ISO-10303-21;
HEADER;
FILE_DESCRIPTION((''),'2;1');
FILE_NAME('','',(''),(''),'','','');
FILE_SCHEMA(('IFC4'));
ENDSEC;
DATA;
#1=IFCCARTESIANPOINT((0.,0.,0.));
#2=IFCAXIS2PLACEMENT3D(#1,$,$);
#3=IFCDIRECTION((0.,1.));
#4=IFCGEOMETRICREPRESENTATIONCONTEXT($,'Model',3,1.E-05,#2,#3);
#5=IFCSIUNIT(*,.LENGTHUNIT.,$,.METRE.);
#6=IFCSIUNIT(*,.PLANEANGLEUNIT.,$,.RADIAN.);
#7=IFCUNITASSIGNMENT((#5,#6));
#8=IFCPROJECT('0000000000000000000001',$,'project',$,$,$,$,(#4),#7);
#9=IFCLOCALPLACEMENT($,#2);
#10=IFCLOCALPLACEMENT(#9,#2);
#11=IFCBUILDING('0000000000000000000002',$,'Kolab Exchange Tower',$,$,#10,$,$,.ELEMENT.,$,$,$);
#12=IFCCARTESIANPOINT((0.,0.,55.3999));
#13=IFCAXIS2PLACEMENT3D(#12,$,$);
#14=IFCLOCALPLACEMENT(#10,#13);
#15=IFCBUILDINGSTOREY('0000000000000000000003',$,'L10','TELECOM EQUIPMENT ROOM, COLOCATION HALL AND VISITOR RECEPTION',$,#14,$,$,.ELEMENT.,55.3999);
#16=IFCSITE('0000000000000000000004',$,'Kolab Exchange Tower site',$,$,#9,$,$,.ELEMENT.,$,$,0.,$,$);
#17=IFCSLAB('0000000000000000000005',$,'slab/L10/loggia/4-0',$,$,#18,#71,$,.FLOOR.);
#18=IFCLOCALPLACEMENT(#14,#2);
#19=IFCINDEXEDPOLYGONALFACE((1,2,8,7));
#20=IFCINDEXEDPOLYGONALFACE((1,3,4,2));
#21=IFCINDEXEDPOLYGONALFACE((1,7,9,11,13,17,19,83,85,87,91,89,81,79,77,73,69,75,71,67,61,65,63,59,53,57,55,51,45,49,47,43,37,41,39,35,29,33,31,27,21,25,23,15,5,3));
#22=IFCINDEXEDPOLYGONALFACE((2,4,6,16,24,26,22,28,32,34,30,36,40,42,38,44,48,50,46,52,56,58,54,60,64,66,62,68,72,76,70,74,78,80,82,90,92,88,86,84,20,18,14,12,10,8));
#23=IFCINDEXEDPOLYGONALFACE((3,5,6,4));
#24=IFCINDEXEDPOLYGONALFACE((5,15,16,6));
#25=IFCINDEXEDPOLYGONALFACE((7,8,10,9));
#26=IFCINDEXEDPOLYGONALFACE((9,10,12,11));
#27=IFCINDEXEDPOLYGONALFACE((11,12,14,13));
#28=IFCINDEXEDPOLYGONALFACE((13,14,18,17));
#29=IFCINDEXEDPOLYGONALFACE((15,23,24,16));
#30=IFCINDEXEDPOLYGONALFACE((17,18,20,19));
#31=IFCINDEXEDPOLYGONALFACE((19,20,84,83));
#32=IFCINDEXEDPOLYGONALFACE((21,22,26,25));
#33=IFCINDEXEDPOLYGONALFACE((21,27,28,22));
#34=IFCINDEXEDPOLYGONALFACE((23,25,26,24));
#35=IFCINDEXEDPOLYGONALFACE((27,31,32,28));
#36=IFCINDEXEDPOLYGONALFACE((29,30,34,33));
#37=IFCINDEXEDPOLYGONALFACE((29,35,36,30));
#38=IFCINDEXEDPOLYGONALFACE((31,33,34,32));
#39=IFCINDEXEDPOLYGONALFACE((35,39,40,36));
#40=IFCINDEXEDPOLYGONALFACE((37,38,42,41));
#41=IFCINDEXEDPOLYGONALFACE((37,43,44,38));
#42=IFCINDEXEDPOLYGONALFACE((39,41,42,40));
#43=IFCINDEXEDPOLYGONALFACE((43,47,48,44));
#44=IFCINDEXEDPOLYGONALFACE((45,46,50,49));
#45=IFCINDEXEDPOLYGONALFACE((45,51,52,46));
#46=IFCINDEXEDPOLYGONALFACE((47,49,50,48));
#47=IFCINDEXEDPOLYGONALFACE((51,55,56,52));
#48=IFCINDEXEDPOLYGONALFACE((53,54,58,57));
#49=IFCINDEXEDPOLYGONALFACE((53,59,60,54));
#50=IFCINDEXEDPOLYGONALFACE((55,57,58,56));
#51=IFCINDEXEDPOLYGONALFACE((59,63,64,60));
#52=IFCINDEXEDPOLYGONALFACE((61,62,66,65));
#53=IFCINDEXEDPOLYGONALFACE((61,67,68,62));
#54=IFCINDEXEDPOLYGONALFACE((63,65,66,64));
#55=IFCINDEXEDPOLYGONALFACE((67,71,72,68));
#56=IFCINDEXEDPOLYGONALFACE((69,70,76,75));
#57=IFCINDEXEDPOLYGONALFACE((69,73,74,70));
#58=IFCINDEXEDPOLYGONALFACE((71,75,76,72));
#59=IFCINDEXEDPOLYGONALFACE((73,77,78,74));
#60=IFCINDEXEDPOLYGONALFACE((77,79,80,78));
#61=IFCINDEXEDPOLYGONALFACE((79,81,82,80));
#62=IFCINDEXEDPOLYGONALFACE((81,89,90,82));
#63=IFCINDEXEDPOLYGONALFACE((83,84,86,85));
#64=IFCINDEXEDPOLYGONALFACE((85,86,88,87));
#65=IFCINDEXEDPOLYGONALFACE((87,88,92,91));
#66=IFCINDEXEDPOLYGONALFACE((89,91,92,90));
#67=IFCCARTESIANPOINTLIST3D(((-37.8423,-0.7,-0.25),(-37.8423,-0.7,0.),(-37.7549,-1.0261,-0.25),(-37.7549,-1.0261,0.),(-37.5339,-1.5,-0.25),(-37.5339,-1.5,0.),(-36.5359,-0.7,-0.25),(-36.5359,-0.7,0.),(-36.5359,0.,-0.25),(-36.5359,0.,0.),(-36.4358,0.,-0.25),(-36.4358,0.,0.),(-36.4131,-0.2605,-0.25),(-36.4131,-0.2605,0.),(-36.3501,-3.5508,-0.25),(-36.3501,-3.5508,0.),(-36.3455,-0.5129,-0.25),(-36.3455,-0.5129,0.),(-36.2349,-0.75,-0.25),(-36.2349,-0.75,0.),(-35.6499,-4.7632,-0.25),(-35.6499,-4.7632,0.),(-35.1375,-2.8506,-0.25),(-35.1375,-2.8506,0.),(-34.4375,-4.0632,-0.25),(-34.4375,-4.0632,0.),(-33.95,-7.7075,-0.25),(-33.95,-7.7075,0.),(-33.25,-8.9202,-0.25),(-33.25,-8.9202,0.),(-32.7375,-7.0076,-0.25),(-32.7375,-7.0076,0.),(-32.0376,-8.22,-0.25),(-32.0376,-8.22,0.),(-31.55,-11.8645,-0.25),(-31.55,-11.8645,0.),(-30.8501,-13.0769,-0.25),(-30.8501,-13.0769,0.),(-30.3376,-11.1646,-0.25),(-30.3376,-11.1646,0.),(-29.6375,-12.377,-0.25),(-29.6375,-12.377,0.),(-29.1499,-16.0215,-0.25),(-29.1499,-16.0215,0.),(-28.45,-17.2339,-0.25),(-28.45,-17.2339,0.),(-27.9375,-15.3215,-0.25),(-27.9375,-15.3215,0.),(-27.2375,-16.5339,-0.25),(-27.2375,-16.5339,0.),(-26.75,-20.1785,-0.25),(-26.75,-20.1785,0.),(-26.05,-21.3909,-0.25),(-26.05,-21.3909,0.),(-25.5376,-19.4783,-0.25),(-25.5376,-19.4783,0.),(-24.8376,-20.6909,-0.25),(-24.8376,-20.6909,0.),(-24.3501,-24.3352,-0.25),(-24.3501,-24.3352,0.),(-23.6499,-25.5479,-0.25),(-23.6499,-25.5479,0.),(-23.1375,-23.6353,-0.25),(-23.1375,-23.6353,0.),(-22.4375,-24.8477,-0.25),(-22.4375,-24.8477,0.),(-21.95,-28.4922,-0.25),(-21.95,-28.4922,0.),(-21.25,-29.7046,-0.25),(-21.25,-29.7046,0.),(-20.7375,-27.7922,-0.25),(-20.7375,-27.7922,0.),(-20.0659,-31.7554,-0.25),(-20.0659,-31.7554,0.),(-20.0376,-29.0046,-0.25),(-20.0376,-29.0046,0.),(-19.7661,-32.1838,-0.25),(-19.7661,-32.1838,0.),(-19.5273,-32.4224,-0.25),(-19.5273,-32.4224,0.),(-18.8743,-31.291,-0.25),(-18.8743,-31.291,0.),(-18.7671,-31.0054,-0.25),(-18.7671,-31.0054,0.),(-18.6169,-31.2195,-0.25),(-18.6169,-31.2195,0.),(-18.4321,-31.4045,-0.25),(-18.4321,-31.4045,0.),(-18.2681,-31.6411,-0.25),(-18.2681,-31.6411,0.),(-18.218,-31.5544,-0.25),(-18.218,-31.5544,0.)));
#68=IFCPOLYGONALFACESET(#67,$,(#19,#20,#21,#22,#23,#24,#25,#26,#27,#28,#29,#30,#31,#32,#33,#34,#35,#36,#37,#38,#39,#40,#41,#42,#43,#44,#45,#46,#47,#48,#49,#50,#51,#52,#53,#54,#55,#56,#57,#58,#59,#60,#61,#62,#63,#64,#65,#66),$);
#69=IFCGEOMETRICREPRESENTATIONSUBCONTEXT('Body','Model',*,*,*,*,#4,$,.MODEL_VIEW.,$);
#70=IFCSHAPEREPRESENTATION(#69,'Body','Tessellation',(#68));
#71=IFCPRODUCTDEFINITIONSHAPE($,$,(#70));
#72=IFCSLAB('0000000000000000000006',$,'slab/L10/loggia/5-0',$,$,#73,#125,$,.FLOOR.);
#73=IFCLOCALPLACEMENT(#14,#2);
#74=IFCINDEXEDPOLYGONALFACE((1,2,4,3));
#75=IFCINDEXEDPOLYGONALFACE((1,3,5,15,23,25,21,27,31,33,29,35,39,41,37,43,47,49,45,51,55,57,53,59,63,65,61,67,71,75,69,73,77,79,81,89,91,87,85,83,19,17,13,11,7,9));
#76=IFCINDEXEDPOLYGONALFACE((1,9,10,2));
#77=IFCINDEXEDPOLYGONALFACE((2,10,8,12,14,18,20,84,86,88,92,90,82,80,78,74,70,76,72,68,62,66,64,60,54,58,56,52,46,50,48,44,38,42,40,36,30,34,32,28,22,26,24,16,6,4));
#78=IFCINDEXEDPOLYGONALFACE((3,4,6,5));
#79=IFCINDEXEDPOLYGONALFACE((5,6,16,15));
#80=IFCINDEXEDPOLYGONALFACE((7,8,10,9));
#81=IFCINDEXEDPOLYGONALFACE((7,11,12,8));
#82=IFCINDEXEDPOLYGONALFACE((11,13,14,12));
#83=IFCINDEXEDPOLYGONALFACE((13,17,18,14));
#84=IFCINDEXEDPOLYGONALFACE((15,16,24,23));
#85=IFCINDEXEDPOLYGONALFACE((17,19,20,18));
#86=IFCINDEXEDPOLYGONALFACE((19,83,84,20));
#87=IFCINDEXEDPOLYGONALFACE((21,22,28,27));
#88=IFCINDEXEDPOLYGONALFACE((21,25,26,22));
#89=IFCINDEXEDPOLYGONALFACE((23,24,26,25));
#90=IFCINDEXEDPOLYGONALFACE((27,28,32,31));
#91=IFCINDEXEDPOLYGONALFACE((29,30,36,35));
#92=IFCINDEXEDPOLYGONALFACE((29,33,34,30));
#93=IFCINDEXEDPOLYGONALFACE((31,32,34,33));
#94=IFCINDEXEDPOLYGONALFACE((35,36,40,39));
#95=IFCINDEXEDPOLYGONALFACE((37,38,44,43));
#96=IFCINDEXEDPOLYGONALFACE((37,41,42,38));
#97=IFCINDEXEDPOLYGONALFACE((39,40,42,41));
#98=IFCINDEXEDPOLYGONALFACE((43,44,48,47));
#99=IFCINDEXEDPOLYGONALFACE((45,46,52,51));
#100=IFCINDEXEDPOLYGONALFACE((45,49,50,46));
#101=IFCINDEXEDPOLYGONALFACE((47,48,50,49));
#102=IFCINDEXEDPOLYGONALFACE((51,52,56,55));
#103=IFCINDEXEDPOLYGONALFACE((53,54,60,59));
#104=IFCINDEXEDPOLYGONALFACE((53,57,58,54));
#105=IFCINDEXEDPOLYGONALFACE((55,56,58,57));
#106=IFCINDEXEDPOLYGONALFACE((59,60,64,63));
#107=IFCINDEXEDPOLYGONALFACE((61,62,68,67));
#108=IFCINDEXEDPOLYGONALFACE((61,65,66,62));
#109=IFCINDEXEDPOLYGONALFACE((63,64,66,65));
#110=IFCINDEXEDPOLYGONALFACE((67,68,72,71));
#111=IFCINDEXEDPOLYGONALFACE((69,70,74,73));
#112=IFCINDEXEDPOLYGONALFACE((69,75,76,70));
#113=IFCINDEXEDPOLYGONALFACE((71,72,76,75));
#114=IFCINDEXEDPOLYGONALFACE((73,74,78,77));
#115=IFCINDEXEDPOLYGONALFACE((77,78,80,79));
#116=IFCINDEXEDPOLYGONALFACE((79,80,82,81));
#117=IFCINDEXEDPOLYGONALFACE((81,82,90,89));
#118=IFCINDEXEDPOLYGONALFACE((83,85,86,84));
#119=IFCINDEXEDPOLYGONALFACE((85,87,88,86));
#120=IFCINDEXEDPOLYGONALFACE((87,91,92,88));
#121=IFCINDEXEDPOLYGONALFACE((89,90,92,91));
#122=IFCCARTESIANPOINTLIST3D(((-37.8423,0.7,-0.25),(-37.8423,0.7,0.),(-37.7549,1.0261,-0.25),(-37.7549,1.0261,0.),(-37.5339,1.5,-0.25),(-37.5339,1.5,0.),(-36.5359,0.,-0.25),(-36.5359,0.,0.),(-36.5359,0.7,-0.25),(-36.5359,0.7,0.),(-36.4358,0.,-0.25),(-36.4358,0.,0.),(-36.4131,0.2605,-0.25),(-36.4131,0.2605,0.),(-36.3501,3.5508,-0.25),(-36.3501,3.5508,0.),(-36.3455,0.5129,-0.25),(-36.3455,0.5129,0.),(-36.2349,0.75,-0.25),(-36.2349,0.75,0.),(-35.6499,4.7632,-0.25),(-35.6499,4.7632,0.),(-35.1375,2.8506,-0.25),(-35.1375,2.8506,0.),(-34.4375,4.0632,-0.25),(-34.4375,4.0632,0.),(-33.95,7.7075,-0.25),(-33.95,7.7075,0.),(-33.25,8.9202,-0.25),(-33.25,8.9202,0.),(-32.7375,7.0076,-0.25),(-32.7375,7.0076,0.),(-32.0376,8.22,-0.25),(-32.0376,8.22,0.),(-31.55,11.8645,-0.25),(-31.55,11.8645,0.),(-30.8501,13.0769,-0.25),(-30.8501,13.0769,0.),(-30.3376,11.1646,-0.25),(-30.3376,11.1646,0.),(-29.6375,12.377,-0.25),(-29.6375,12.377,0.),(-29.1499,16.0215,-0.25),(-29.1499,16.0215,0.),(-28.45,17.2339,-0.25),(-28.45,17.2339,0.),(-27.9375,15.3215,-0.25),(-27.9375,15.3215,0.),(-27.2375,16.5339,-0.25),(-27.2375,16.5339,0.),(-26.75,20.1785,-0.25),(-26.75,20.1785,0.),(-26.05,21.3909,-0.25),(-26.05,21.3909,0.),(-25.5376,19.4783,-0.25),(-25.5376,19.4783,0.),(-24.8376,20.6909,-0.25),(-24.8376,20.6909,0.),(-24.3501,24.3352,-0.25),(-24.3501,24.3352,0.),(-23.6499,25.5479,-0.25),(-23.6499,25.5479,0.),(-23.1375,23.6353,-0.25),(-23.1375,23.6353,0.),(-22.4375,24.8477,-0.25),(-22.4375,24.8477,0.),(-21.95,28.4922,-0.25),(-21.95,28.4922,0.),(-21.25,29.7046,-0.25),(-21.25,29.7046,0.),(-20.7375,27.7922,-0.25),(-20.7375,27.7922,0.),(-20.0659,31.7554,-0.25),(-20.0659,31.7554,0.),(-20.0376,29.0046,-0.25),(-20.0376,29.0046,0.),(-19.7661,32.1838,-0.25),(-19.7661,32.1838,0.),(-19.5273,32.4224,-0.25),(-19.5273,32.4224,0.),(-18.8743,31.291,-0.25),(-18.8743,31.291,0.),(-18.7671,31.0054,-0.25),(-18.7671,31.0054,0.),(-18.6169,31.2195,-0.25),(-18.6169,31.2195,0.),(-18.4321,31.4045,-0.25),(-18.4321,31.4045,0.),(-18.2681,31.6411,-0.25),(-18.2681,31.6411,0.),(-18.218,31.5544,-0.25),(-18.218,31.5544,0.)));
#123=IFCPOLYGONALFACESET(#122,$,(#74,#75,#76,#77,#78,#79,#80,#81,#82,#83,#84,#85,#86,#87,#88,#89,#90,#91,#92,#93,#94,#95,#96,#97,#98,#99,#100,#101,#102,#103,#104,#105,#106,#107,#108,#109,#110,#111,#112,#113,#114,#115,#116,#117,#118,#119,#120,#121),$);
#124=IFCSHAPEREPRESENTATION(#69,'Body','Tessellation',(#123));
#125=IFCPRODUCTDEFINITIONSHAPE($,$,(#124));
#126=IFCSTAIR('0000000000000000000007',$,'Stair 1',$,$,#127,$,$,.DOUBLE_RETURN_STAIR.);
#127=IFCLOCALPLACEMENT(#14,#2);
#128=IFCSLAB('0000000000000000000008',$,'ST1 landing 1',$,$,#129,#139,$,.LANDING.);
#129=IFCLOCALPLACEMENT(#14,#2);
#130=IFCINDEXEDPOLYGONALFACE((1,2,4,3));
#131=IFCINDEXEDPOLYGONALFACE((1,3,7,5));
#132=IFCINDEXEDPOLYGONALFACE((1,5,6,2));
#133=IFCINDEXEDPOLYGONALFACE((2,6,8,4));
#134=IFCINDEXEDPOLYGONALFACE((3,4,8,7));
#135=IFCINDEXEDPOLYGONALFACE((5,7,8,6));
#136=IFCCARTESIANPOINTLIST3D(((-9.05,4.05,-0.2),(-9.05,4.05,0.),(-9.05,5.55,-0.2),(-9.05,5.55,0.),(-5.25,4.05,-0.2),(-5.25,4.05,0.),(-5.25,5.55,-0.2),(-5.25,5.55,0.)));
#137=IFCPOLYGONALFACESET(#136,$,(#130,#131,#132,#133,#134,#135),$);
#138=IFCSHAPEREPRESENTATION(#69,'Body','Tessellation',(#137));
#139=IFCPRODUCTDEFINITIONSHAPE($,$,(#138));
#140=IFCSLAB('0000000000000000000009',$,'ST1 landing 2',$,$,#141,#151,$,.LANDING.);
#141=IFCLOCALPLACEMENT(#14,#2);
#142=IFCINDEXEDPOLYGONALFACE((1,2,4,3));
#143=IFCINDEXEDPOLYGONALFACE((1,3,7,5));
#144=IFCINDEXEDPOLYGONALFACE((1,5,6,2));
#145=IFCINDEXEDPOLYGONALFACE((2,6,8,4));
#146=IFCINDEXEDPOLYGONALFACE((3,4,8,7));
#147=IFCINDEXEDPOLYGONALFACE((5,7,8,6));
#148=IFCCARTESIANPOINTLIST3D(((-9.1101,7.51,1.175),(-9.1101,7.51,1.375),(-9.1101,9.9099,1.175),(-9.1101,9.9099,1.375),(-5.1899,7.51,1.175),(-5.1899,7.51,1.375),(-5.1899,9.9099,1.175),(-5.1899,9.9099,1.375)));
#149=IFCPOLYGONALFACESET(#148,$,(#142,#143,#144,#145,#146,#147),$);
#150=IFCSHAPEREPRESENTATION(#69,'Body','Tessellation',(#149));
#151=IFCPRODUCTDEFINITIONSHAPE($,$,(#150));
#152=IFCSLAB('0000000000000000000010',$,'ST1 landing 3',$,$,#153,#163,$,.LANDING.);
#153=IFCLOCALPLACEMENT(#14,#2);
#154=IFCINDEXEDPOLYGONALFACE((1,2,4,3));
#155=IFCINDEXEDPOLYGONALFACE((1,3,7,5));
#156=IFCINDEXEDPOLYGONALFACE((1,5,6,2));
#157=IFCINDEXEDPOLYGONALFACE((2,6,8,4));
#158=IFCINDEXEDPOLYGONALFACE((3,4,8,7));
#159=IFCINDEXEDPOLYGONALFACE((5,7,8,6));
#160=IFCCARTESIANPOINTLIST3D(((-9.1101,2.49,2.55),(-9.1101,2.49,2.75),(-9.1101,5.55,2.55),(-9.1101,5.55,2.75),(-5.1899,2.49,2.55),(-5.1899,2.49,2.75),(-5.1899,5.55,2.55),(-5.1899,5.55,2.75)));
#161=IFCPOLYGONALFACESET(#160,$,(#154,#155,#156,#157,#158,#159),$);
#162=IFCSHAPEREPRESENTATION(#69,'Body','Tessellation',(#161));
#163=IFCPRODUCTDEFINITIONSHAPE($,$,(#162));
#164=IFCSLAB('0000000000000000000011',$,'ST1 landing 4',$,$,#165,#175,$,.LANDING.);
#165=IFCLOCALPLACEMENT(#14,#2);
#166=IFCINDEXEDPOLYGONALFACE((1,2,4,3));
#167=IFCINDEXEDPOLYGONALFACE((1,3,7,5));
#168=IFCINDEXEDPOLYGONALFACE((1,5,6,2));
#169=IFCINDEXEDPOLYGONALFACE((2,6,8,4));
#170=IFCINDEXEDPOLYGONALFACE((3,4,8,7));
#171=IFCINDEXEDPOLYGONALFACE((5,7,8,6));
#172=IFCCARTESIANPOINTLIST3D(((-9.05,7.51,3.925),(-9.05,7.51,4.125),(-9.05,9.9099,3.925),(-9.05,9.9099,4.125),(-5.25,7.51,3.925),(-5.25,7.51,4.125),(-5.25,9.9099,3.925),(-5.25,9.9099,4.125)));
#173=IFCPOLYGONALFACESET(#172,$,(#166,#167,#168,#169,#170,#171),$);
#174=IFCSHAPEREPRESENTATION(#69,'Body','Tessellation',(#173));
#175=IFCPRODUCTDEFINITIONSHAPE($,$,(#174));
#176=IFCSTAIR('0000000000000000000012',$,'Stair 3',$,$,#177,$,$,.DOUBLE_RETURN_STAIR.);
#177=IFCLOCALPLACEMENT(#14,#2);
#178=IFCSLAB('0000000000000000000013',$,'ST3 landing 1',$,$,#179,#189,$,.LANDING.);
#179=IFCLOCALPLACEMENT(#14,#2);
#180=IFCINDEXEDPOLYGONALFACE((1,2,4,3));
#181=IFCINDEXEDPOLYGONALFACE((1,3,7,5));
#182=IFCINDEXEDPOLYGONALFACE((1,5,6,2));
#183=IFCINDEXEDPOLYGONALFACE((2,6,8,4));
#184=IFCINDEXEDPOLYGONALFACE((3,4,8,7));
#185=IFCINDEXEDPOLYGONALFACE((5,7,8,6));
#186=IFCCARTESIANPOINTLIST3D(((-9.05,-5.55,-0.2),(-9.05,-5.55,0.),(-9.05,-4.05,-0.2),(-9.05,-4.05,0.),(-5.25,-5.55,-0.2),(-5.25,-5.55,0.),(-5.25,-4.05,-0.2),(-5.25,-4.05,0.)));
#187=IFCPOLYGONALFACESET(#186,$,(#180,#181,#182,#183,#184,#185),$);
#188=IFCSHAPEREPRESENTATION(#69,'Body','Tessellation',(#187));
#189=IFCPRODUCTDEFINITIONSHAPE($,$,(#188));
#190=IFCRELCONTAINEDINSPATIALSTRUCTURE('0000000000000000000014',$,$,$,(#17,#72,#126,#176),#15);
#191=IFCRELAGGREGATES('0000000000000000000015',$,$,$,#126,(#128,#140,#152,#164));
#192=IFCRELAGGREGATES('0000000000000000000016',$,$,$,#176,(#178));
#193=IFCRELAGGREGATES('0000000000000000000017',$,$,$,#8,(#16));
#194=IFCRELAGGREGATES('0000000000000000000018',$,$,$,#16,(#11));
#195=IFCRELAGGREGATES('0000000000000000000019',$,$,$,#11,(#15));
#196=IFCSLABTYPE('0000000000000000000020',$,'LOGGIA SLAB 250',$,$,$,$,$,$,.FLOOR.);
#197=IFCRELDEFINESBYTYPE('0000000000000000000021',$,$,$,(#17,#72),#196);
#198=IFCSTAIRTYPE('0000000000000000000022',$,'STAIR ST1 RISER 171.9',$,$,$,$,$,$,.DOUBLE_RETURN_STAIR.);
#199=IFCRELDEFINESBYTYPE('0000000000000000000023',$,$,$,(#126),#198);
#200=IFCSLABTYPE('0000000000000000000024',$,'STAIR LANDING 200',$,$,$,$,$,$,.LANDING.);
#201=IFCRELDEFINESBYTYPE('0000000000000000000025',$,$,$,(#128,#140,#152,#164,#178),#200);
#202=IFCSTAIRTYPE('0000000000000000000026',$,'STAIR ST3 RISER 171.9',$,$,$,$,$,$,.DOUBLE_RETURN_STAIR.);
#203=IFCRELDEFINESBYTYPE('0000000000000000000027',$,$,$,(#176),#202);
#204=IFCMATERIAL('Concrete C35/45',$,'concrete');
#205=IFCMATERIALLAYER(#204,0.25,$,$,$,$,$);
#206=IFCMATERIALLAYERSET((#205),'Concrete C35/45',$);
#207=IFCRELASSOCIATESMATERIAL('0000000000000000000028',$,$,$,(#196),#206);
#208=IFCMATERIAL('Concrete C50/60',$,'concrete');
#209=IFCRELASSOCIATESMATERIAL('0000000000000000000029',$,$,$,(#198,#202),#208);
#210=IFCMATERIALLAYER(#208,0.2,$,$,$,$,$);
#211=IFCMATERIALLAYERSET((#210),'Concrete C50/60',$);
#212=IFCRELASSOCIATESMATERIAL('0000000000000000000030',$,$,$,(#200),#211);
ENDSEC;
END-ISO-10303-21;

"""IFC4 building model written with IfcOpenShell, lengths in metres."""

from ifc_helpers import new_model, si_unit, direction, frame, origin, place, context, subcontext, project, spatial, polyline, outline, extrude, material, layer, layer_set, type_object, element, aggregate, save


model = new_model("IFC4")

# Units and contexts
model_context = context("Model", 3, precision=1e-05, world=origin(), true_north=direction((0.0, 1.0)))
body_context = subcontext(model_context, "Body", "Model", "MODEL_VIEW")
ifc_project = project(units=[si_unit("LENGTHUNIT", "METRE"), si_unit("PLANEANGLEUNIT", "RADIAN")], contexts=[model_context])

# Site, building, storey
site_placement = place(None, origin())
site = spatial("IfcSite", under=ifc_project, at=site_placement, Name="Kolab Exchange Tower site", CompositionType="ELEMENT", RefElevation=0.0)
building_placement = place(site_placement, origin())
building = spatial("IfcBuilding", under=site, at=building_placement, Name="Kolab Exchange Tower", CompositionType="ELEMENT")
storey_placement = place(building_placement, frame((0.0, 0.0, 55.3999)))
storey = spatial("IfcBuildingStorey", under=building, at=storey_placement, Name="L10", Description="TELECOM EQUIPMENT ROOM, COLOCATION HALL AND VISITOR RECEPTION", CompositionType="ELEMENT", Elevation=55.3999)

# Slabs
ifc_material_1 = material(Name="Concrete C35/45", Category="concrete")
ifc_layer_1 = layer(ifc_material_1, 0.25)
ifc_layer_set_1 = layer_set([ifc_layer_1], Name="Concrete C35/45")
slab_type_1 = type_object("IfcSlabType", Name="LOGGIA SLAB 250", PredefinedType="FLOOR", material=ifc_layer_set_1)
slab_1_placement = place(storey_placement, frame((0.0, 0.0, -0.25)))
element("IfcSlab", 1, at=slab_1_placement, inside=storey, type_object=slab_type_1, Name="slab/L10/loggia/4-0", PredefinedType="FLOOR", context=body_context, shape_type="SweptSolid", body=[
    extrude(outline(polyline([(-36.4358, 0.0), (-36.5359, 0.0), (-36.5359, -0.7), (-37.8423, -0.7), (-37.7549, -1.0261), (-37.5339, -1.5), (-36.3501, -3.5508), (-35.1375, -2.8506), (-34.4375, -4.0632), (-35.6499, -4.7632), (-33.95, -7.7075), (-32.7375, -7.0076), (-32.0376, -8.22), (-33.25, -8.9202), (-31.55, -11.8645), (-30.3376, -11.1646), (-29.6375, -12.377), (-30.8501, -13.0769), (-29.1499, -16.0215), (-27.9375, -15.3215), (-27.2375, -16.5339), (-28.45, -17.2339), (-26.75, -20.1785), (-25.5376, -19.4783), (-24.8376, -20.6909), (-26.05, -21.3909), (-24.3501, -24.3352), (-23.1375, -23.6353), (-22.4375, -24.8477), (-23.6499, -25.5479), (-21.95, -28.4922), (-20.7375, -27.7922), (-20.0376, -29.0046), (-21.25, -29.7046), (-20.0659, -31.7554), (-19.7661, -32.1838), (-19.5273, -32.4224), (-18.8743, -31.291), (-18.2681, -31.6411), (-18.218, -31.5544), (-18.4321, -31.4045), (-18.6169, -31.2195), (-18.7671, -31.0054), (-36.2349, -0.75), (-36.3455, -0.5129), (-36.4131, -0.2605), (-36.4358, 0.0)])), origin(), (0.0, 0.0, 1.0), 0.25),
])
slab_2_placement = place(storey_placement, frame((0.0, 0.0, -0.25)))
element("IfcSlab", 2, at=slab_2_placement, inside=storey, type_object=slab_type_1, Name="slab/L10/loggia/5-0", PredefinedType="FLOOR", context=body_context, shape_type="SweptSolid", body=[
    extrude(outline(polyline([(-18.218, 31.5544), (-18.2681, 31.6411), (-18.8743, 31.291), (-19.5273, 32.4224), (-19.7661, 32.1838), (-20.0659, 31.7554), (-21.25, 29.7046), (-20.0376, 29.0046), (-20.7375, 27.7922), (-21.95, 28.4922), (-23.6499, 25.5479), (-22.4375, 24.8477), (-23.1375, 23.6353), (-24.3501, 24.3352), (-26.05, 21.3909), (-24.8376, 20.6909), (-25.5376, 19.4783), (-26.75, 20.1785), (-28.45, 17.2339), (-27.2375, 16.5339), (-27.9375, 15.3215), (-29.1499, 16.0215), (-30.8501, 13.0769), (-29.6375, 12.377), (-30.3376, 11.1646), (-31.55, 11.8645), (-33.25, 8.9202), (-32.0376, 8.22), (-32.7375, 7.0076), (-33.95, 7.7075), (-35.6499, 4.7632), (-34.4375, 4.0632), (-35.1375, 2.8506), (-36.3501, 3.5508), (-37.5339, 1.5), (-37.7549, 1.0261), (-37.8423, 0.7), (-36.5359, 0.7), (-36.5359, 0.0), (-36.4358, 0.0), (-36.4131, 0.2605), (-36.3455, 0.5129), (-36.2349, 0.75), (-18.7671, 31.0054), (-18.6169, 31.2195), (-18.4321, 31.4045), (-18.218, 31.5544)])), origin(), (0.0, 0.0, 1.0), 0.25),
])

# Stairs, slabs
ifc_material_2 = material(Name="Concrete C50/60", Category="concrete")
stair_type_1 = type_object("IfcStairType", Name="STAIR ST1 RISER 171.9", PredefinedType="DOUBLE_RETURN_STAIR", material=ifc_material_2)
stair_1_placement = place(storey_placement, origin())
stair_1 = element("IfcStair", 3, at=stair_1_placement, inside=storey, type_object=stair_type_1, Name="Stair 1", PredefinedType="DOUBLE_RETURN_STAIR")
ifc_layer_2 = layer(ifc_material_2, 0.2)
ifc_layer_set_2 = layer_set([ifc_layer_2], Name="Concrete C50/60")
slab_type_2 = type_object("IfcSlabType", Name="STAIR LANDING 200", PredefinedType="LANDING", material=ifc_layer_set_2)
slab_3_placement = place(storey_placement, frame((0.0, 0.0, -0.2)))
slab_3 = element("IfcSlab", 4, at=slab_3_placement, type_object=slab_type_2, Name="ST1 landing 1", PredefinedType="LANDING", context=body_context, shape_type="SweptSolid", body=[
    extrude(outline(polyline([(-9.05, 4.05), (-5.25, 4.05), (-5.25, 5.55), (-9.05, 5.55), (-9.05, 4.05)])), origin(), (0.0, 0.0, 1.0), 0.2),
])
slab_4_placement = place(storey_placement, frame((0.0, 0.0, 1.175)))
slab_4 = element("IfcSlab", 5, at=slab_4_placement, type_object=slab_type_2, Name="ST1 landing 2", PredefinedType="LANDING", context=body_context, shape_type="SweptSolid", body=[
    extrude(outline(polyline([(-9.1101, 7.51), (-5.1899, 7.51), (-5.1899, 9.9099), (-9.1101, 9.9099), (-9.1101, 7.51)])), origin(), (0.0, 0.0, 1.0), 0.2),
])
slab_5_placement = place(storey_placement, frame((0.0, 0.0, 2.55)))
slab_5 = element("IfcSlab", 6, at=slab_5_placement, type_object=slab_type_2, Name="ST1 landing 3", PredefinedType="LANDING", context=body_context, shape_type="SweptSolid", body=[
    extrude(outline(polyline([(-9.1101, 2.49), (-5.1899, 2.49), (-5.1899, 5.55), (-9.1101, 5.55), (-9.1101, 2.49)])), origin(), (0.0, 0.0, 1.0), 0.2),
])
slab_6_placement = place(storey_placement, frame((0.0, 0.0, 3.925)))
slab_6 = element("IfcSlab", 7, at=slab_6_placement, type_object=slab_type_2, Name="ST1 landing 4", PredefinedType="LANDING", context=body_context, shape_type="SweptSolid", body=[
    extrude(outline(polyline([(-9.05, 7.51), (-5.25, 7.51), (-5.25, 9.9099), (-9.05, 9.9099), (-9.05, 7.51)])), origin(), (0.0, 0.0, 1.0), 0.2),
])
aggregate(stair_1, [slab_3, slab_4, slab_5, slab_6])
stair_type_2 = type_object("IfcStairType", Name="STAIR ST3 RISER 171.9", PredefinedType="DOUBLE_RETURN_STAIR", material=ifc_material_2)
stair_2_placement = place(storey_placement, origin())
stair_2 = element("IfcStair", 8, at=stair_2_placement, inside=storey, type_object=stair_type_2, Name="Stair 3", PredefinedType="DOUBLE_RETURN_STAIR")
slab_7_placement = place(storey_placement, frame((0.0, 0.0, -0.2)))
slab_7 = element("IfcSlab", 9, at=slab_7_placement, type_object=slab_type_2, Name="ST3 landing 1", PredefinedType="LANDING", context=body_context, shape_type="SweptSolid", body=[
    extrude(outline(polyline([(-9.05, -5.55), (-5.25, -5.55), (-5.25, -4.05), (-9.05, -4.05), (-9.05, -5.55)])), origin(), (0.0, 0.0, 1.0), 0.2),
])
aggregate(stair_2, [slab_7])

save(model, "model.ifc")
